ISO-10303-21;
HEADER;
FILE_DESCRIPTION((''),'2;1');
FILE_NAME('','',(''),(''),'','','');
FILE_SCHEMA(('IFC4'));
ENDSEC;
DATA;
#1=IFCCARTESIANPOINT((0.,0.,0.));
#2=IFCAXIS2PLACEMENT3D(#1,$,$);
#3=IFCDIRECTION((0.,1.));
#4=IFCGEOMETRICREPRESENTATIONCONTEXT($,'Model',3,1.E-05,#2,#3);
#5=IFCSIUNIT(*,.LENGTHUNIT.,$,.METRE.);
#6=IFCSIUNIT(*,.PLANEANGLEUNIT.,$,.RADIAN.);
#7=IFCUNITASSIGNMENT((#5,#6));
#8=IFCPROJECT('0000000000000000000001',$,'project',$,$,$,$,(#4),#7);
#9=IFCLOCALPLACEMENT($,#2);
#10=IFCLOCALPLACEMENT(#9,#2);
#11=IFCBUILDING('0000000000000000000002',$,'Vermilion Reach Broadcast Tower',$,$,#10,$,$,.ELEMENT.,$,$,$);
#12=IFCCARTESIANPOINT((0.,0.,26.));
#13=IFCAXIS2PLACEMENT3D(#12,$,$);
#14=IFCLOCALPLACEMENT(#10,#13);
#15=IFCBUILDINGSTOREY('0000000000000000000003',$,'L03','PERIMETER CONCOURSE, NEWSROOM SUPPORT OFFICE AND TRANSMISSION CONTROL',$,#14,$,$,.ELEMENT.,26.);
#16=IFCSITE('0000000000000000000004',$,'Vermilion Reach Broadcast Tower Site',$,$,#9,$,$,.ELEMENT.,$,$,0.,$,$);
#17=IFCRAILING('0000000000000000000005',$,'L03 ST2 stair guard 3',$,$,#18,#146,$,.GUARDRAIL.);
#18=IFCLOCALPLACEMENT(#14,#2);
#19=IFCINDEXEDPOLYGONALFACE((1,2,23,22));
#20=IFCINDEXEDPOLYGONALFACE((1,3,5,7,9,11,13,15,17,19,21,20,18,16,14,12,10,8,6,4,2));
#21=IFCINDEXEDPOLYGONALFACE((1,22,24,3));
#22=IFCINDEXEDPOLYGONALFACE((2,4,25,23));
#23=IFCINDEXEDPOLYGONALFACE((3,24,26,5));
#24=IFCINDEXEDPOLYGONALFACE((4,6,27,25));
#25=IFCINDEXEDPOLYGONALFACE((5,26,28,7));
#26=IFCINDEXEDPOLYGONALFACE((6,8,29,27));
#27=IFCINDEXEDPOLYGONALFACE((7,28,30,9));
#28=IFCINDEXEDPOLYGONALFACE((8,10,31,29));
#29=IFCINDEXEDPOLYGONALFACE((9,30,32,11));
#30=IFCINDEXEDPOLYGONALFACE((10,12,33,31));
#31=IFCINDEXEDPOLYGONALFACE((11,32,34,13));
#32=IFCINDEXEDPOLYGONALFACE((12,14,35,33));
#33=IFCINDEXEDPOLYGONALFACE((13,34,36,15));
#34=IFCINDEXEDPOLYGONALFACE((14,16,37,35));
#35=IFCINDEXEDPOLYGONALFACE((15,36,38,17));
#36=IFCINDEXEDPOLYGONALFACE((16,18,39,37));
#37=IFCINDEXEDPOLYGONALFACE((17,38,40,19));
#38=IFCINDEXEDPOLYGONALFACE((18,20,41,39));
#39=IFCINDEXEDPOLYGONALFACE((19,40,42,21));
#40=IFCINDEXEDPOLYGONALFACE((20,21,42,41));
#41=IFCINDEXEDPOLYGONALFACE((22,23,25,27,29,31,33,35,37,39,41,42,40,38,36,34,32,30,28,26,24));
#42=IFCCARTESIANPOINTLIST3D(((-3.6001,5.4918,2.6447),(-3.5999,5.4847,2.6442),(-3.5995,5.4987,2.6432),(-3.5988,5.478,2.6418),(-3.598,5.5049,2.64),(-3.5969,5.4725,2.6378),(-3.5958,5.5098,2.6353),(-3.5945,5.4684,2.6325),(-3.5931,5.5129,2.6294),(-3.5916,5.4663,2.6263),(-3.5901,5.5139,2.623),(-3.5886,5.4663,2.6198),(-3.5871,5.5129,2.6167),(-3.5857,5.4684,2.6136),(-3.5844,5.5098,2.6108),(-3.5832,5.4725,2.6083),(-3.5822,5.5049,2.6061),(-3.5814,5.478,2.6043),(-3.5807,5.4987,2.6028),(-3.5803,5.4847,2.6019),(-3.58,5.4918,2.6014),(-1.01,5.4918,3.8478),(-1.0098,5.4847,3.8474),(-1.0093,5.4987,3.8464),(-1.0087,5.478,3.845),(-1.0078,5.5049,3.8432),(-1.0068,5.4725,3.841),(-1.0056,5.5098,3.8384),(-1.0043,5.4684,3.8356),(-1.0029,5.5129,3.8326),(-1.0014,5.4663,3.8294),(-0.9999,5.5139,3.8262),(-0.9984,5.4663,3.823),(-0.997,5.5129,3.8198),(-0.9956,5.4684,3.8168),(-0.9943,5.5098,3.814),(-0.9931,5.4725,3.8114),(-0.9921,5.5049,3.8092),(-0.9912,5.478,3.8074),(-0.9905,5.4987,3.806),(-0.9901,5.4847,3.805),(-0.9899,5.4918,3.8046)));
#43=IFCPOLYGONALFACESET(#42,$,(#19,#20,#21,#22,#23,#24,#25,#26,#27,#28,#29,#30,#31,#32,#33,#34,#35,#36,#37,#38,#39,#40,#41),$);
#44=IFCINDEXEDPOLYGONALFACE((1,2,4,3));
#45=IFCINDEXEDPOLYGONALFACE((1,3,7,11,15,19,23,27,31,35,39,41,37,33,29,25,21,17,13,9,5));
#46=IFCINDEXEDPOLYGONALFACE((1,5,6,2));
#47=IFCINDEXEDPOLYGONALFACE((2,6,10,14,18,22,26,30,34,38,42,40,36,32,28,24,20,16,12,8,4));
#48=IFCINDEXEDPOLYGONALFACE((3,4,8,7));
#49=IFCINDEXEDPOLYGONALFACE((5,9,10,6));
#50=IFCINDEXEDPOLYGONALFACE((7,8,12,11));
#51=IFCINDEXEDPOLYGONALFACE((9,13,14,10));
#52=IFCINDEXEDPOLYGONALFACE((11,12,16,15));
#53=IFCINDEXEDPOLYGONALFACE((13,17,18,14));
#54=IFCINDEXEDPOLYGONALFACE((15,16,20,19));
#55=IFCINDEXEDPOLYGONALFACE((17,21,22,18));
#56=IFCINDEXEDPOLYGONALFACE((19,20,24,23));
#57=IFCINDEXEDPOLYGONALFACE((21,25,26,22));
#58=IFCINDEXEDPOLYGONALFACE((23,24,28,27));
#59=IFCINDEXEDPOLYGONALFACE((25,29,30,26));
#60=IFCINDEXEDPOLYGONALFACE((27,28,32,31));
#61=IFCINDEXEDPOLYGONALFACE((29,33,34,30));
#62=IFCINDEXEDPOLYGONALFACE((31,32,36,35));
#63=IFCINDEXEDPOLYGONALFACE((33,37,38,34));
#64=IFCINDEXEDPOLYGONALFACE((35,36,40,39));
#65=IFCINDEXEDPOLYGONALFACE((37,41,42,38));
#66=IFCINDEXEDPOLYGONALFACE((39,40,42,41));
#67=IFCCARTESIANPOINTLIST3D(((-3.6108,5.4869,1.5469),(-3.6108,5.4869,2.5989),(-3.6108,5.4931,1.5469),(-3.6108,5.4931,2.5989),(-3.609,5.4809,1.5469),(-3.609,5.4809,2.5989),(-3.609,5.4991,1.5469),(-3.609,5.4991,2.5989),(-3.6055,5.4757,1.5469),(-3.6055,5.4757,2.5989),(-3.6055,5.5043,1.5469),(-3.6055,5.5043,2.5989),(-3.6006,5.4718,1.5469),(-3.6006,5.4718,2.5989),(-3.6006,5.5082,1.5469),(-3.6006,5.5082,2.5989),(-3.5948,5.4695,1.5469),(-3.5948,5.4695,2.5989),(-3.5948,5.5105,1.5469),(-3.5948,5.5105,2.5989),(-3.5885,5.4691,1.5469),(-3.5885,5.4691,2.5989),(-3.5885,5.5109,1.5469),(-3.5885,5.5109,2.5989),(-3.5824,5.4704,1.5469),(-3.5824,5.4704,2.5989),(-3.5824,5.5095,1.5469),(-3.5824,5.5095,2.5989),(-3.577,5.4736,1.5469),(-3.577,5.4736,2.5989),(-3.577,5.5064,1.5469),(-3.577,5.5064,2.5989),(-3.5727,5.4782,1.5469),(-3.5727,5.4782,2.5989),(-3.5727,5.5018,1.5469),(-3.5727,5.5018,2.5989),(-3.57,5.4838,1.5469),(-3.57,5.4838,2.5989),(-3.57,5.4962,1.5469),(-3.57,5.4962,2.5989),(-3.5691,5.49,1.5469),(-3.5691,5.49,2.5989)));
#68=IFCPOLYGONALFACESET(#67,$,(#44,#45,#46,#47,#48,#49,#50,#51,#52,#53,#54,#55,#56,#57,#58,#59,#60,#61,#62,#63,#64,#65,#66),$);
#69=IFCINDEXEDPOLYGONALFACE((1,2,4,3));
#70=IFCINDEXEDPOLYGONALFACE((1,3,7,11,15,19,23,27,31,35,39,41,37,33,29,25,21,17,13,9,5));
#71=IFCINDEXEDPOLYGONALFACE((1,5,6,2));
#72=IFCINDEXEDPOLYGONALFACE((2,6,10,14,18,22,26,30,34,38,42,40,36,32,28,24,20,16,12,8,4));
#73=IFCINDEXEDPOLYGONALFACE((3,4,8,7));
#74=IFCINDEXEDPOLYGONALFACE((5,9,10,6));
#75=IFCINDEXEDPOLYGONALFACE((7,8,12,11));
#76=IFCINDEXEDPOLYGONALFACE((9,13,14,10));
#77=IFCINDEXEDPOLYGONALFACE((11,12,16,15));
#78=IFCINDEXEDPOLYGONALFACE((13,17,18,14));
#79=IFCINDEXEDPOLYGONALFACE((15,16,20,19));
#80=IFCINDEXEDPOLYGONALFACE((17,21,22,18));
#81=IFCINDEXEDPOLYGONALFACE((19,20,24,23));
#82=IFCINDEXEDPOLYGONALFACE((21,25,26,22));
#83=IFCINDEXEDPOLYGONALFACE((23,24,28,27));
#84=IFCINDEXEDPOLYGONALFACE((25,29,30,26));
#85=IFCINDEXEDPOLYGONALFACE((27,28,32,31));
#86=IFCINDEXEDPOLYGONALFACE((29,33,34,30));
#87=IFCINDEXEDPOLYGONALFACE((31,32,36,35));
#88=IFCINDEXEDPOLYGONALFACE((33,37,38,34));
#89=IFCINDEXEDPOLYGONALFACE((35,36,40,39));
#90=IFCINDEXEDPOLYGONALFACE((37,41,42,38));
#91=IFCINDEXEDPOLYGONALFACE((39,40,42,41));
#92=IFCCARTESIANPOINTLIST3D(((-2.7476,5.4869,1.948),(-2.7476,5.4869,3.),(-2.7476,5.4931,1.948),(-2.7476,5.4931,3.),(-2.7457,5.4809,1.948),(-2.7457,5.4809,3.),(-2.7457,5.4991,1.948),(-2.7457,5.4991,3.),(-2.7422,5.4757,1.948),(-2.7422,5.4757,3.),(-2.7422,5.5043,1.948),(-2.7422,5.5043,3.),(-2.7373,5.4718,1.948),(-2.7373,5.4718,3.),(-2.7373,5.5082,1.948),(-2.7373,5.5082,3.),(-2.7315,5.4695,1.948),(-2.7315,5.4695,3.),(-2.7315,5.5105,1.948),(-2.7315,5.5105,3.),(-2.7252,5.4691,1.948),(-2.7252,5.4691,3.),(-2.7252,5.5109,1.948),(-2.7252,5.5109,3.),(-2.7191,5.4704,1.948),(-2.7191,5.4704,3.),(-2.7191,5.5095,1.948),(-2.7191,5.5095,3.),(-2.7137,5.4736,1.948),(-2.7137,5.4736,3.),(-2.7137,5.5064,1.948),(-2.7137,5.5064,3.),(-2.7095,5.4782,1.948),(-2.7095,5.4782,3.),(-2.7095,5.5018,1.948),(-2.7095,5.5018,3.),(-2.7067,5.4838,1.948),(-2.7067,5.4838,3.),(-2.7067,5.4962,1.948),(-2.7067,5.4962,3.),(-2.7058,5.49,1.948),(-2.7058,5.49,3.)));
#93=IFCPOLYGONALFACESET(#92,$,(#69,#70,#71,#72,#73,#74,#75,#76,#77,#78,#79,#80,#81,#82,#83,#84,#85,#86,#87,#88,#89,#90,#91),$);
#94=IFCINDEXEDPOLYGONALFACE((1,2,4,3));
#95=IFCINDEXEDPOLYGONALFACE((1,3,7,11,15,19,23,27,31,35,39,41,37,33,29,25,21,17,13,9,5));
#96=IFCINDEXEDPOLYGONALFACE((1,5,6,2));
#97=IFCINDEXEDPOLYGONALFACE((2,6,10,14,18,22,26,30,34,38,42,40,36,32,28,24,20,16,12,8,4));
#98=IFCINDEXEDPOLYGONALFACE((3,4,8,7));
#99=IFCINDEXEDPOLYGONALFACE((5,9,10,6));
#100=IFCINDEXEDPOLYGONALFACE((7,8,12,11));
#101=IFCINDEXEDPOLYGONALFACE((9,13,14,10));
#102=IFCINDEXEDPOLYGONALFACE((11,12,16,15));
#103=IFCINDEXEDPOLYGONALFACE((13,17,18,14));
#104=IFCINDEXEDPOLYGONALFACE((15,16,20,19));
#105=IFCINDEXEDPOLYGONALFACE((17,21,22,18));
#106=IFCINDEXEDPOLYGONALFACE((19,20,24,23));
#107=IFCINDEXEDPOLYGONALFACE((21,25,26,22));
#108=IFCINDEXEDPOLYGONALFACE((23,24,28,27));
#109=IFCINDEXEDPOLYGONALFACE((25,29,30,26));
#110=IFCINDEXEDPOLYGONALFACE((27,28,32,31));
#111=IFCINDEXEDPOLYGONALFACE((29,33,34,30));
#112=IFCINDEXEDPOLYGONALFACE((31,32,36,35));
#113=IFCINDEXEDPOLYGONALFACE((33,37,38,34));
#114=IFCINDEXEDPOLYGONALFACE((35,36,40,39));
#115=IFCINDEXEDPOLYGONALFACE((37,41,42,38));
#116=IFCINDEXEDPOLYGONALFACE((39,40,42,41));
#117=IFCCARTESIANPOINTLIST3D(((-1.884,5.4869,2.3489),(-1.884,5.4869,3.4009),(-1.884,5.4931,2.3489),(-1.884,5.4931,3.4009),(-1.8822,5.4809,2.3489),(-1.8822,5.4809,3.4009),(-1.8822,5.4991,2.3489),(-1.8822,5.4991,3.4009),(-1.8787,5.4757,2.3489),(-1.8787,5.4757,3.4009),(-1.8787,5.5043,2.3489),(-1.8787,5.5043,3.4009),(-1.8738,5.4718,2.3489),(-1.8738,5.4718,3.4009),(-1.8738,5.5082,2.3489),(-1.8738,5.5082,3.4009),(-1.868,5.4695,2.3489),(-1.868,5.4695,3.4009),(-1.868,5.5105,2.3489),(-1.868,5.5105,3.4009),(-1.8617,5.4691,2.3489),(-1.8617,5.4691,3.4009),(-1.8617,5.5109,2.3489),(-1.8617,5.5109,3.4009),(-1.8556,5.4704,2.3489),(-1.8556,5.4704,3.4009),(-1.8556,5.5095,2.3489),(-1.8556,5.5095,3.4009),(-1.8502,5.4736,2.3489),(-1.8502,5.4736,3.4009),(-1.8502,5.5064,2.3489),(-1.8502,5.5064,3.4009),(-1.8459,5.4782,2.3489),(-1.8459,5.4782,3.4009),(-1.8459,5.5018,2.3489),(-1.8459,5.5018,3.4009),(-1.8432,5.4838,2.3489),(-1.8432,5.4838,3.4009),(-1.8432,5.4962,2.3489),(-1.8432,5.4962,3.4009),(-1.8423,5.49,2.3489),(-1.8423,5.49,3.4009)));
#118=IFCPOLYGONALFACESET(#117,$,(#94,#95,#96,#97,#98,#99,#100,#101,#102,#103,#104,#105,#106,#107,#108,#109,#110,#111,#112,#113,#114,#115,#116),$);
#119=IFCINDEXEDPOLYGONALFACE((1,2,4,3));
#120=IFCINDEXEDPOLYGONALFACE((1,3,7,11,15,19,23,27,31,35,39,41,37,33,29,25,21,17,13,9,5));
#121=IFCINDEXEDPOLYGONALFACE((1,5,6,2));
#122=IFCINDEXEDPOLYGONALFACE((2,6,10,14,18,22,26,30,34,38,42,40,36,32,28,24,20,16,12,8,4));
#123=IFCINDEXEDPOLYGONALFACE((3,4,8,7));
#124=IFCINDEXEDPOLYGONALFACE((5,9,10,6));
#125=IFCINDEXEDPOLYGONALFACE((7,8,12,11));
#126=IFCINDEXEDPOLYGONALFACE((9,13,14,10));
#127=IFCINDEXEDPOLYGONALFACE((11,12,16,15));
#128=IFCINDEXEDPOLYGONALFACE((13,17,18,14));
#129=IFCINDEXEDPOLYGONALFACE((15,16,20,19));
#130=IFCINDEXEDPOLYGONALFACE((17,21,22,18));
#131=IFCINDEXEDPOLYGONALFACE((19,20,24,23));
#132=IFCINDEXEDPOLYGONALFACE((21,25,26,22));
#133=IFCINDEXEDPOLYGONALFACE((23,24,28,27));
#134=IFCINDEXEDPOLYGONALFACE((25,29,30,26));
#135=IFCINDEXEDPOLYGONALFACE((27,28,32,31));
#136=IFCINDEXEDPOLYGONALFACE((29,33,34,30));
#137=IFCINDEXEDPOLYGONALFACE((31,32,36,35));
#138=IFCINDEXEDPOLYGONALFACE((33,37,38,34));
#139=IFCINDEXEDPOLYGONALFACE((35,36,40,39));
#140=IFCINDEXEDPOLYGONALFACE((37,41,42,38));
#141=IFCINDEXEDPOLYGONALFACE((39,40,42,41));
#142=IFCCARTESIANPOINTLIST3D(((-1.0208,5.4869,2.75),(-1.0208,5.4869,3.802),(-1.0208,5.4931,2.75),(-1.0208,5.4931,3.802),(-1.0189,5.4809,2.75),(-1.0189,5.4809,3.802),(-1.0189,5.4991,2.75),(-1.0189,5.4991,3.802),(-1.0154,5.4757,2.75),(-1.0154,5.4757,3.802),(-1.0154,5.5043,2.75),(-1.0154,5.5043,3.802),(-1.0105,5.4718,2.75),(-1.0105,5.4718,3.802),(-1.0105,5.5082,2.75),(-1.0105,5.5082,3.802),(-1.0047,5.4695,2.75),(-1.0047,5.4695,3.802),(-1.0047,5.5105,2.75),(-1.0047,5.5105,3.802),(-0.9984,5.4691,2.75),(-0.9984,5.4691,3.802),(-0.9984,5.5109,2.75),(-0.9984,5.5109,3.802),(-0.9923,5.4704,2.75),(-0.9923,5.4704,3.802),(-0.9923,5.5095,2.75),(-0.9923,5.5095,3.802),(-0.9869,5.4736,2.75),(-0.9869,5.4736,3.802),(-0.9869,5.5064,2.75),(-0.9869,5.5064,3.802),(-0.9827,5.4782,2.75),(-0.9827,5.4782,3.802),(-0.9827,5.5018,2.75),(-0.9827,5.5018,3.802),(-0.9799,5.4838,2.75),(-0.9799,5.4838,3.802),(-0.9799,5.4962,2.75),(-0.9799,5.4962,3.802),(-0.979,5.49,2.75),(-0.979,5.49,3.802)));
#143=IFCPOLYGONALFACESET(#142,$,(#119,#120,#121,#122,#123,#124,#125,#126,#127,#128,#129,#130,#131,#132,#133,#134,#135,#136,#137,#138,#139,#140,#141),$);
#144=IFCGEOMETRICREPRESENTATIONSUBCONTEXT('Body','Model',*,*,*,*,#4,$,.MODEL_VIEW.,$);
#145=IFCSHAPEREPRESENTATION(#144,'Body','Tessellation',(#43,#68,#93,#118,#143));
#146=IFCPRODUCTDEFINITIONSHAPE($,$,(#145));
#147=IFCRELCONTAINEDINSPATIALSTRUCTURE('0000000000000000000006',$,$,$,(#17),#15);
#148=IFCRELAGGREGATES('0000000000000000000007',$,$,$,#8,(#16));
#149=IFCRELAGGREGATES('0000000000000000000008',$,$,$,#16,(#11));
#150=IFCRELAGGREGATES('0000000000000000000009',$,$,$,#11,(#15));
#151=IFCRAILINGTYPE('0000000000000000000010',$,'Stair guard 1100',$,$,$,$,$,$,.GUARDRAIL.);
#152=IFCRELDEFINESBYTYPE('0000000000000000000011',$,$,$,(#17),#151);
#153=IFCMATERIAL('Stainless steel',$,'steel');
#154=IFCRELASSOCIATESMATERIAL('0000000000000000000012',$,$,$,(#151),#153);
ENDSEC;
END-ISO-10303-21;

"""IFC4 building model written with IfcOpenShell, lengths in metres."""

from ifc_helpers import new_model, si_unit, direction, frame, origin, origin_2d, place, context, subcontext, project, spatial, circle, extrude, material, type_object, element, save


model = new_model("IFC4")

# Units and contexts
model_context = context("Model", 3, precision=1e-05, world=origin(), true_north=direction((0.0, 1.0)))
body_context = subcontext(model_context, "Body", "Model", "MODEL_VIEW")
ifc_project = project(units=[si_unit("LENGTHUNIT", "METRE"), si_unit("PLANEANGLEUNIT", "RADIAN")], contexts=[model_context])

# Site, building, storey
site_placement = place(None, origin())
site = spatial("IfcSite", under=ifc_project, at=site_placement, Name="Vermilion Reach Broadcast Tower Site", CompositionType="ELEMENT", RefElevation=0.0)
building_placement = place(site_placement, origin())
building = spatial("IfcBuilding", under=site, at=building_placement, Name="Vermilion Reach Broadcast Tower", CompositionType="ELEMENT")
storey_placement = place(building_placement, frame((0.0, 0.0, 26.0)))
storey = spatial("IfcBuildingStorey", under=building, at=storey_placement, Name="L03", Description="PERIMETER CONCOURSE, NEWSROOM SUPPORT OFFICE AND TRANSMISSION CONTROL", CompositionType="ELEMENT", Elevation=26.0)

# Railing
ifc_material_1 = material(Name="Stainless steel", Category="steel")
railing_type_1 = type_object("IfcRailingType", Name="Stair guard 1100", PredefinedType="GUARDRAIL", material=ifc_material_1)
railing_1_placement = place(storey_placement, frame((-3.5901, 5.49, 1.5469)))
element("IfcRailing", 1, at=railing_1_placement, inside=storey, type_object=railing_type_1, Name="L03 ST2 stair guard 3", PredefinedType="GUARDRAIL", context=body_context, shape_type="SweptSolid", body=[
    extrude(circle(Radius=0.0239, at=origin_2d()), frame((0.0, 0.0, 1.0762), z_axis=(0.906931, 0.0, 0.42128), x_axis=(0.0, 1.0, 0.0)), (0.0, 0.0, 1.0), 2.856),
    extrude(circle(Radius=0.021, at=origin_2d()), origin(), (0.0, 0.0, 1.0), 1.052),
    extrude(circle(Radius=0.021, at=origin_2d()), frame((0.8633, 0.0, 0.4011)), (0.0, 0.0, 1.0), 1.052),
    extrude(circle(Radius=0.021, at=origin_2d()), frame((1.7268, 0.0, 0.802)), (0.0, 0.0, 1.0), 1.052),
    extrude(circle(Radius=0.021, at=origin_2d()), frame((2.5901, 0.0, 1.2031)), (0.0, 0.0, 1.0), 1.052),
])

save(model, "model.ifc")
